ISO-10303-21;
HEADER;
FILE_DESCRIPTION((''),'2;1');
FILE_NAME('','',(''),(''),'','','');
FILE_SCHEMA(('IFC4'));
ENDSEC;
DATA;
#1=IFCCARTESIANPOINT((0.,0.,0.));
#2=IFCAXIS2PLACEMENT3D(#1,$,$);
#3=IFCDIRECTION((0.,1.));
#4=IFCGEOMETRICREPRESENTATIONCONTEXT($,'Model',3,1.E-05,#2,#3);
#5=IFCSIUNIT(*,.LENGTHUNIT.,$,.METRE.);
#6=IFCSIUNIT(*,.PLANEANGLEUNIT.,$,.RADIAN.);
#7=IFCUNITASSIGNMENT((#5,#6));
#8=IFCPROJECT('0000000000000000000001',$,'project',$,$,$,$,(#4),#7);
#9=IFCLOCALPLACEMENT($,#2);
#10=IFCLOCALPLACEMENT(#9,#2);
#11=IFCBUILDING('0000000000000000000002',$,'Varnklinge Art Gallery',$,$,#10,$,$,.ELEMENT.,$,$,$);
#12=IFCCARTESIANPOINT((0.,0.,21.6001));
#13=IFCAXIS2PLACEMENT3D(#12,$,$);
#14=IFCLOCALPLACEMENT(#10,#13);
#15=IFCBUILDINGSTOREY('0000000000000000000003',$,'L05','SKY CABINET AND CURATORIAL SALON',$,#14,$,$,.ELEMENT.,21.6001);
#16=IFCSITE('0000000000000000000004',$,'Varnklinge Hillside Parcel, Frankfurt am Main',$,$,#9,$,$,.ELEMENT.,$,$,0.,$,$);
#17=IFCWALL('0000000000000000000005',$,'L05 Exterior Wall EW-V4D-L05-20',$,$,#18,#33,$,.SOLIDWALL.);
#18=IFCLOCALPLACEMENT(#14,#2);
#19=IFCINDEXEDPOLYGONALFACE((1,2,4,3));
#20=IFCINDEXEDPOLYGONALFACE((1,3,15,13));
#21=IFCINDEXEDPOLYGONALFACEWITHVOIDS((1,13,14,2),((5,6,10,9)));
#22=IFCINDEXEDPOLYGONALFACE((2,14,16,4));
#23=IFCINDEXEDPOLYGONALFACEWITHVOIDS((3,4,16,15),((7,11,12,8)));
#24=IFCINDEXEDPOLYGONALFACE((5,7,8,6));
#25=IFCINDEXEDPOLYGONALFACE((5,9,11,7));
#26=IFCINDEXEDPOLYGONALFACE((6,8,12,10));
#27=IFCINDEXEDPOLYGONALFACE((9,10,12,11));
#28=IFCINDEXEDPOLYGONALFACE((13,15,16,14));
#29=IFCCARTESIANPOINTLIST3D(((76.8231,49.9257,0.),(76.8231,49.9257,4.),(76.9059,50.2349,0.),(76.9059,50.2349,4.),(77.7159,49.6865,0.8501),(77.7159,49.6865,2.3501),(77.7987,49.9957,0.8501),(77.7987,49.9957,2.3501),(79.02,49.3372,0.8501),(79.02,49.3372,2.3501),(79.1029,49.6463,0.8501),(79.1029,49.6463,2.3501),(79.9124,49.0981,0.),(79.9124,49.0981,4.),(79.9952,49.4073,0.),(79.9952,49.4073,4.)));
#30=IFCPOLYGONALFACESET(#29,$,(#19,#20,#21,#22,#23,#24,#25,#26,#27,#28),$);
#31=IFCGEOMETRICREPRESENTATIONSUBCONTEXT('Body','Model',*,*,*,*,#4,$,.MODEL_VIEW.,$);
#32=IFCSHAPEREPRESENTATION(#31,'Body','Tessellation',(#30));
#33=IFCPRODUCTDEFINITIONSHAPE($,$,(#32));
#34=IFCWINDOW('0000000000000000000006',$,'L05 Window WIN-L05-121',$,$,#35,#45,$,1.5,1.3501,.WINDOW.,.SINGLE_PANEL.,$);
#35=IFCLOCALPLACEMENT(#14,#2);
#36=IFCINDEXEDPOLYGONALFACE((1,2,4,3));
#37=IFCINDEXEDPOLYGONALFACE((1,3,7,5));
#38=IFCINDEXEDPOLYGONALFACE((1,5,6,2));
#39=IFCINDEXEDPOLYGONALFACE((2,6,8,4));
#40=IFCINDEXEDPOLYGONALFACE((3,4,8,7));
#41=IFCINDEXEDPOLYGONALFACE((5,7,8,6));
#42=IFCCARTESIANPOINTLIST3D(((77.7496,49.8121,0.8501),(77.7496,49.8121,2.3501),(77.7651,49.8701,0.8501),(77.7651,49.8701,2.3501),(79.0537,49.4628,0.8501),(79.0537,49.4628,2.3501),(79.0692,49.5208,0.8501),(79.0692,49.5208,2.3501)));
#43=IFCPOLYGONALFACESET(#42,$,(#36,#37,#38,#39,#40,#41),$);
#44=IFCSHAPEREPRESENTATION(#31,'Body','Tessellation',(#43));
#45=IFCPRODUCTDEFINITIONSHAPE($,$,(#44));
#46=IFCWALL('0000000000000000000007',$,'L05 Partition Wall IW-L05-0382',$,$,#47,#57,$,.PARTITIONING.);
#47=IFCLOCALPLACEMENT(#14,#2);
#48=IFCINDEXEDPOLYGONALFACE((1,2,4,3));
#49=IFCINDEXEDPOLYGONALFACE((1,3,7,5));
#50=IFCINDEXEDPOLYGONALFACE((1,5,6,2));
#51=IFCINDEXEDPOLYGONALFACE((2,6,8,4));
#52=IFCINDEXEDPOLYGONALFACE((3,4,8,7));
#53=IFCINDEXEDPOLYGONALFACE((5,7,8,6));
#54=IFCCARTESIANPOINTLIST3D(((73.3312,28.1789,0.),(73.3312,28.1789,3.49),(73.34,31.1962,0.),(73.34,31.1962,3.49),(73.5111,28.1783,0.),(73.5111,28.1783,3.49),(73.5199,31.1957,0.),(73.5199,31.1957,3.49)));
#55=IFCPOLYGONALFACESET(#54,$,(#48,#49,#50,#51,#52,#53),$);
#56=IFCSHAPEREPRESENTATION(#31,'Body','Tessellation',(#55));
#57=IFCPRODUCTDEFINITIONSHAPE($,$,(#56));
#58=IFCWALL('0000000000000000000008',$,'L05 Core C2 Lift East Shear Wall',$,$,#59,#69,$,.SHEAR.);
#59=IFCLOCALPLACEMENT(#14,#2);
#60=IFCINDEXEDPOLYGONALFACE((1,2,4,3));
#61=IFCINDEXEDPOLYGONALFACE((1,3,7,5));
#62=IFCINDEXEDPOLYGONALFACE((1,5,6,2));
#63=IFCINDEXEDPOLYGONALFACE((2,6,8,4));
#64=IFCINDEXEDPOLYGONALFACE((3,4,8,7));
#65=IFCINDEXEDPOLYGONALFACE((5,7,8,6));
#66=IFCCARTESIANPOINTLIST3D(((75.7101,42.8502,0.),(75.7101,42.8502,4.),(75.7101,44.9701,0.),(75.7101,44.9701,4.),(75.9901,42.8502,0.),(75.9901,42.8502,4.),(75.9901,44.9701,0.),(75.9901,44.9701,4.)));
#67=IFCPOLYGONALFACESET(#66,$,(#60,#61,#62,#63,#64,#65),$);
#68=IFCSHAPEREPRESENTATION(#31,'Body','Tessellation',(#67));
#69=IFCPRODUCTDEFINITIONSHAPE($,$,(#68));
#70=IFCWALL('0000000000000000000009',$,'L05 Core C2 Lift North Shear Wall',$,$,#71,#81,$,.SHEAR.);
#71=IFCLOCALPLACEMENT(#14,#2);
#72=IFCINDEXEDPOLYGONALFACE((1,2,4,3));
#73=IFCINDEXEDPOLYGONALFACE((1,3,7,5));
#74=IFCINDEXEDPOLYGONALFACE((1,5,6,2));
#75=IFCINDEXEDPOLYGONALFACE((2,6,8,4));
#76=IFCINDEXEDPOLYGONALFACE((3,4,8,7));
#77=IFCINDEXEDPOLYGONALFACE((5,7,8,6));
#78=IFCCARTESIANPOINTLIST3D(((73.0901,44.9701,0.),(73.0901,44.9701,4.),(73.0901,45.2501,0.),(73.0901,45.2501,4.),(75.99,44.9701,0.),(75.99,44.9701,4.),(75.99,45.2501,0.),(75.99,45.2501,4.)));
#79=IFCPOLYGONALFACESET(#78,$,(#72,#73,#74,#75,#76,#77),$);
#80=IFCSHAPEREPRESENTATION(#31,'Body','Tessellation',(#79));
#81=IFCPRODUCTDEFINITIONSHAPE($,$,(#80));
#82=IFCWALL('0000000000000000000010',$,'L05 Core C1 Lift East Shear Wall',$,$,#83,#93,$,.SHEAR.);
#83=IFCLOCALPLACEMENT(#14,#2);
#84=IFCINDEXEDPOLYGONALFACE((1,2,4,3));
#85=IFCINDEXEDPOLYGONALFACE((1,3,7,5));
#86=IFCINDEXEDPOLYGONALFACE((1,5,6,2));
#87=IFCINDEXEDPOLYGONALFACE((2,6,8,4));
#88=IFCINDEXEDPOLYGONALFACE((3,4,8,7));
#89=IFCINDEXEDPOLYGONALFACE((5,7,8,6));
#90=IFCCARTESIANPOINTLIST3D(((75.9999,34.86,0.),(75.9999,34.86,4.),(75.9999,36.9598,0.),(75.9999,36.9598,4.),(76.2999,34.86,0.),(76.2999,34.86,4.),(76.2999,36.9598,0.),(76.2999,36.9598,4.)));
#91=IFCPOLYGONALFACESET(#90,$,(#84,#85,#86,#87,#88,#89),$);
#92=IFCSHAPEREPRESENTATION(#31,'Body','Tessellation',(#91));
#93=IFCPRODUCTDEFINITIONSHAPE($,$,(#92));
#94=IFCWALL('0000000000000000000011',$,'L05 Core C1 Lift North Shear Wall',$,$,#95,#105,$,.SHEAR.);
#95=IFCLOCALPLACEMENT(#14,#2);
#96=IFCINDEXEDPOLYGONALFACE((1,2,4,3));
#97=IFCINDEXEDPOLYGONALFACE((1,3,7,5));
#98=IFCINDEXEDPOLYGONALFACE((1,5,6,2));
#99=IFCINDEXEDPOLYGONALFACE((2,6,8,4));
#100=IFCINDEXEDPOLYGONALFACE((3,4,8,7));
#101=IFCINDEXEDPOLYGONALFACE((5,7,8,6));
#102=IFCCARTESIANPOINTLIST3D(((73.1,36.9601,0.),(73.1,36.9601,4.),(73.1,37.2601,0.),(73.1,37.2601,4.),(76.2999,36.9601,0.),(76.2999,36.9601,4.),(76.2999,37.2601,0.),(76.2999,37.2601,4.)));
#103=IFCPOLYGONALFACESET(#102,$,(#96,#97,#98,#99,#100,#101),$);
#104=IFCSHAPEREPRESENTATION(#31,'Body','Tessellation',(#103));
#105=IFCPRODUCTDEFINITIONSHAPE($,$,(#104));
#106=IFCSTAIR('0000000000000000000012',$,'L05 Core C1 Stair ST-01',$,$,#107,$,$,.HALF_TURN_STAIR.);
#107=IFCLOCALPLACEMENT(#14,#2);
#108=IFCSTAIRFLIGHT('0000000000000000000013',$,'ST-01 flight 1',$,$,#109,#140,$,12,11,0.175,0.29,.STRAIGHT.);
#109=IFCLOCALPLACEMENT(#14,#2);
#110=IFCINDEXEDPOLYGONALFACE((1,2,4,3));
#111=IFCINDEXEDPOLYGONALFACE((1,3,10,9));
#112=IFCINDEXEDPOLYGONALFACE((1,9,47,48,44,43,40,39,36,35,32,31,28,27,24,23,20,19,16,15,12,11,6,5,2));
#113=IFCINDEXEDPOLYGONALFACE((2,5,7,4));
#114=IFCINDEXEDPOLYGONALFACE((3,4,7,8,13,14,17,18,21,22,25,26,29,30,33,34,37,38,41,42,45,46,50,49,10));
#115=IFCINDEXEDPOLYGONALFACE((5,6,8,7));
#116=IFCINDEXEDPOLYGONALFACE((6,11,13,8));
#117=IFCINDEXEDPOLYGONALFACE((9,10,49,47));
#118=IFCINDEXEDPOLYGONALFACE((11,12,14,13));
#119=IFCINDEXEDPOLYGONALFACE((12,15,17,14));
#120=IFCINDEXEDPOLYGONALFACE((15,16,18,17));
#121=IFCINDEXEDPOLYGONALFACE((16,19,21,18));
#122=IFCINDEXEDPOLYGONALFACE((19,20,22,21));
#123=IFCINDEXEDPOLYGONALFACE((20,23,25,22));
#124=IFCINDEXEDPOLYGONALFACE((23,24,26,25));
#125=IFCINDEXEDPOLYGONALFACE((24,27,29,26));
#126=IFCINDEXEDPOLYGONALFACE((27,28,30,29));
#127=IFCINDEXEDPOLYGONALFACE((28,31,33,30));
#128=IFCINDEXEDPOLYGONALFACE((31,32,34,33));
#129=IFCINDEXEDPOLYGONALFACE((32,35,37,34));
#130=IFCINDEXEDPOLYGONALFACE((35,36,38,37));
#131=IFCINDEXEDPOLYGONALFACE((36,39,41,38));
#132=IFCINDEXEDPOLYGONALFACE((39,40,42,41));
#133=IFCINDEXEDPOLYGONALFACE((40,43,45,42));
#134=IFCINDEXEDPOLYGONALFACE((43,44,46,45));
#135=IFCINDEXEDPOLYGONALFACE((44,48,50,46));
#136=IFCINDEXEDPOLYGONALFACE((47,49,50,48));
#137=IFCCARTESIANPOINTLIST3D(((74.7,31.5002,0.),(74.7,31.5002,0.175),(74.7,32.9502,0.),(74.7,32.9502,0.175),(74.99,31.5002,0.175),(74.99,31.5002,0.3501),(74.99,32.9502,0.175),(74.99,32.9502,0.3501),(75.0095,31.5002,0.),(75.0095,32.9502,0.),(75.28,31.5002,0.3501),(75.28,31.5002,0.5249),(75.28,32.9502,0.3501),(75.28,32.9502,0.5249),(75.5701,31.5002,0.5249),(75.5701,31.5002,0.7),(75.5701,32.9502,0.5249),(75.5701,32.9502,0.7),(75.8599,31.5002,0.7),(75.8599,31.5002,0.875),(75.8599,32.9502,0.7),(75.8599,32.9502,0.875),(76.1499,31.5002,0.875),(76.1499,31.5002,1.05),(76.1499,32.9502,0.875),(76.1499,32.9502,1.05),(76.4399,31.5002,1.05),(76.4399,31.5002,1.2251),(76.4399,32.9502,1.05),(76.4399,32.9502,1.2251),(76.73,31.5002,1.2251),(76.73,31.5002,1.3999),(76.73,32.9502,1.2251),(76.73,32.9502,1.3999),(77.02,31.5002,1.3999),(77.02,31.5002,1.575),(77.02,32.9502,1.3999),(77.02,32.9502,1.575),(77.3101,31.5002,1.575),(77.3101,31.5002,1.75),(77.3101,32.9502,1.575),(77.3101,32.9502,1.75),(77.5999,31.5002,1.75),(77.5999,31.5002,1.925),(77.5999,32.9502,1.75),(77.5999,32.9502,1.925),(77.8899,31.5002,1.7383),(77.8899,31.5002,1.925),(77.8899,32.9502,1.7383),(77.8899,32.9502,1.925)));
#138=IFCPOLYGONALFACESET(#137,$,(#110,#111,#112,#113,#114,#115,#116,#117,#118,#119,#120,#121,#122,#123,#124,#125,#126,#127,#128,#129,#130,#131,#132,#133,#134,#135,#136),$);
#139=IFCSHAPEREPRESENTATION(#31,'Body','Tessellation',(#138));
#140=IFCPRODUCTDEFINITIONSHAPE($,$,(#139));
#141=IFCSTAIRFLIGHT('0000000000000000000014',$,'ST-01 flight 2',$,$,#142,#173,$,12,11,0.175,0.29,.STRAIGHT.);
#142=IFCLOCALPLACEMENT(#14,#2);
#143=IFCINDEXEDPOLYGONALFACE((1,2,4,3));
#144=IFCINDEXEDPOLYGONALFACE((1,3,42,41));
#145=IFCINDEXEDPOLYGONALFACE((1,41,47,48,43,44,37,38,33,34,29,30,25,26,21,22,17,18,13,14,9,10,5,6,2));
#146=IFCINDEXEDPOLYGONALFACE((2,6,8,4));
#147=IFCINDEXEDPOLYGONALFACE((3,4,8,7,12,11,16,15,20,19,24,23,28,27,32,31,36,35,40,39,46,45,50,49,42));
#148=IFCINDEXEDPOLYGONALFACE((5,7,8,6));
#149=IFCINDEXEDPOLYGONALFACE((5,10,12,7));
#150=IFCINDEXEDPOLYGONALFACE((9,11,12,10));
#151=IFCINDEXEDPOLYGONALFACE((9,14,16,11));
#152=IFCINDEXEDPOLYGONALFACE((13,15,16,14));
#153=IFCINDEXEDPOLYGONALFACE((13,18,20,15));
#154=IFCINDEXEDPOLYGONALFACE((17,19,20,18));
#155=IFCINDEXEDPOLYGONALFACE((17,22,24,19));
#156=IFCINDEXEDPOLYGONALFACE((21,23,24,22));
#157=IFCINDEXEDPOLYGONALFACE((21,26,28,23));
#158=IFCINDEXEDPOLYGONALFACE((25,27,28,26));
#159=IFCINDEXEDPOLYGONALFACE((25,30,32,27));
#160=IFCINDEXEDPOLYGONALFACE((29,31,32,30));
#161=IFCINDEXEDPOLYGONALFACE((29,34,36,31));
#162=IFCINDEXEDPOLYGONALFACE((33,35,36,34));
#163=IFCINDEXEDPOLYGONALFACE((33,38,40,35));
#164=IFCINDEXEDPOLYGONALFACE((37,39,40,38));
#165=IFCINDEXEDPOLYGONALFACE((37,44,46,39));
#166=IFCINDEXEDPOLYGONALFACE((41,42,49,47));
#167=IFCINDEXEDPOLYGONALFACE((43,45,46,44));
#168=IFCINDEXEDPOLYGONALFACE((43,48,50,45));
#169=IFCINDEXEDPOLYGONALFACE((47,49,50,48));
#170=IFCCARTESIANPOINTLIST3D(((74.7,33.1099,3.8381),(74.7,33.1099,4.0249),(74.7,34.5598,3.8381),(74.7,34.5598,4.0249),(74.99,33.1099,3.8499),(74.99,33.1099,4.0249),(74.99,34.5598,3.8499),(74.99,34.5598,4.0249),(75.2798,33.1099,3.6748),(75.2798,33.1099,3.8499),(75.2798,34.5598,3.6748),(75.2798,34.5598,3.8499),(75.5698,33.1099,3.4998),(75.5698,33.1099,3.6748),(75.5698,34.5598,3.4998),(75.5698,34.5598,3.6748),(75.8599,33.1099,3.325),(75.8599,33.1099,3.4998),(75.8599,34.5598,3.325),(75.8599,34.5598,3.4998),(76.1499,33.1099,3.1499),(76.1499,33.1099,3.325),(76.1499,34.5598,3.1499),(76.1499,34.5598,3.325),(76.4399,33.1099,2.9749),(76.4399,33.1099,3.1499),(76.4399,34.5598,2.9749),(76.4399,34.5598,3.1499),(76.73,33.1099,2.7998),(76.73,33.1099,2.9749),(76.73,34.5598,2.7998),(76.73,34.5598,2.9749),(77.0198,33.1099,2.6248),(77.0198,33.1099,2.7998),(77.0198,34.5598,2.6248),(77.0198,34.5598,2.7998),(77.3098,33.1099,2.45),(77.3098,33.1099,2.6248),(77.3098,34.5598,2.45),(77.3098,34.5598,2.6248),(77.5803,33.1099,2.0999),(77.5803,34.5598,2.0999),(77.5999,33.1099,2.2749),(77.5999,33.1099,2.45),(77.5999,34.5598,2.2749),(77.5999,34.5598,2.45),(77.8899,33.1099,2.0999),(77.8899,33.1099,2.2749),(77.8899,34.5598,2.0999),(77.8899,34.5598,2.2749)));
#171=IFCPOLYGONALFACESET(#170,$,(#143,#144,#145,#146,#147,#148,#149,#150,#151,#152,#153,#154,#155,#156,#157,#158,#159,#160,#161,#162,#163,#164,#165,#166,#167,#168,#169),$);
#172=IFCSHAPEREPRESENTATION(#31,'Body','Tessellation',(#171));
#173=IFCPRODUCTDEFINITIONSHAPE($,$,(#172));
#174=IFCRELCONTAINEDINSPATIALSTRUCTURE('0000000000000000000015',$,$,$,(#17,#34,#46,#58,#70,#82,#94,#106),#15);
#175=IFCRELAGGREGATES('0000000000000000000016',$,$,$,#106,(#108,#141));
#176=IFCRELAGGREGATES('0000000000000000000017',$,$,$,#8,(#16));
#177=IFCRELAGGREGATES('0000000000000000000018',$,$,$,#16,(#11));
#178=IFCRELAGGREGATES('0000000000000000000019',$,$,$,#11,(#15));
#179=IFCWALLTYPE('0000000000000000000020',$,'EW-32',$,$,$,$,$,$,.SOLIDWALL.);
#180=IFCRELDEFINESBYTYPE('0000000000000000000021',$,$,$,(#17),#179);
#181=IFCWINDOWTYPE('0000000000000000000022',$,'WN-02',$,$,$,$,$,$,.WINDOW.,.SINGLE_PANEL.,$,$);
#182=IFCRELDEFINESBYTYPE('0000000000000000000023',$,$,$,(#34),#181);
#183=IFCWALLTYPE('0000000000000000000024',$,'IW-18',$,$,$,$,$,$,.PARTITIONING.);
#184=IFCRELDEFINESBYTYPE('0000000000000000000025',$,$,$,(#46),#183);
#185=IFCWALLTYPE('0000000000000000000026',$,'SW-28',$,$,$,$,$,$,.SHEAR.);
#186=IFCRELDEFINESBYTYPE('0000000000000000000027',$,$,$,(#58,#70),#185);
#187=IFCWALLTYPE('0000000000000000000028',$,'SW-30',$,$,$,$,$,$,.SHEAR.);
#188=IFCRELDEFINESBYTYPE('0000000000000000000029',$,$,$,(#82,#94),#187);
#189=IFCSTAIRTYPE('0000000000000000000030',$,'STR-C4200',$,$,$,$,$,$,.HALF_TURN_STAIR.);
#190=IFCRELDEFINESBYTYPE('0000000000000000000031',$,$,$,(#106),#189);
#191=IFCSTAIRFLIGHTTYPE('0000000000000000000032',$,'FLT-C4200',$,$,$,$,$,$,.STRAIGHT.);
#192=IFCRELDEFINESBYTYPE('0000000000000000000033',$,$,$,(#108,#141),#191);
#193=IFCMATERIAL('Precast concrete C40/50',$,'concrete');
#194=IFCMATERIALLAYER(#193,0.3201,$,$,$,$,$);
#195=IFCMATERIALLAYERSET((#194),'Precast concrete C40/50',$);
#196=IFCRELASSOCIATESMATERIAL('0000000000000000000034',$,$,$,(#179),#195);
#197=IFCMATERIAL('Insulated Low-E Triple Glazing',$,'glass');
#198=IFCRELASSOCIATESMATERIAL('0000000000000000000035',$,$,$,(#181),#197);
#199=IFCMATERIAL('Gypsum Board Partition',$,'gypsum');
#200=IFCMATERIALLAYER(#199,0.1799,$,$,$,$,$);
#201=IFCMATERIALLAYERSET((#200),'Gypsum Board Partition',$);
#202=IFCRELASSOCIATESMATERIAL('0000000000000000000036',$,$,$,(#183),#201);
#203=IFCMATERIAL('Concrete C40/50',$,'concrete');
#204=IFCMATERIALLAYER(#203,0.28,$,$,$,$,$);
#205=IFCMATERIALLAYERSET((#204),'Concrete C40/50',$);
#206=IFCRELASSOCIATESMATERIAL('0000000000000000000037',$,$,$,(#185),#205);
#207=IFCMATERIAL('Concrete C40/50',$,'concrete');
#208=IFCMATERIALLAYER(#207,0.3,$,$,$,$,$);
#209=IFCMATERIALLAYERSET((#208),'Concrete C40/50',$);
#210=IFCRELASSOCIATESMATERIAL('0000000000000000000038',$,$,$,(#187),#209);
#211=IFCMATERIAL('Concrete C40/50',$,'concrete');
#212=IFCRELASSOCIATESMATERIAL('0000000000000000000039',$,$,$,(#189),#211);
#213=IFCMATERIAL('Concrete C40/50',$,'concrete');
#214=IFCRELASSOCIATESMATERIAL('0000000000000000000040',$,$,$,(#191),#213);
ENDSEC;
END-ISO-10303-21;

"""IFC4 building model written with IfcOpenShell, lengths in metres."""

from ifc_helpers import new_model, si_unit, direction, frame, frame_2d, origin, place, context, subcontext, project, spatial, polyline, rectangle, outline, extrude, material, layer, layer_set, type_object, element, fill, aggregate, save


model = new_model("IFC4")

# Units and contexts
model_context = context("Model", 3, precision=1e-05, world=origin(), true_north=direction((0.0, 1.0)))
body_context = subcontext(model_context, "Body", "Model", "MODEL_VIEW")
ifc_project = project(units=[si_unit("LENGTHUNIT", "METRE"), si_unit("PLANEANGLEUNIT", "RADIAN")], contexts=[model_context])

# Site, building, storey
site_placement = place(None, origin())
site = spatial("IfcSite", under=ifc_project, at=site_placement, Name="Varnklinge Hillside Parcel, Frankfurt am Main", CompositionType="ELEMENT", RefElevation=0.0)
building_placement = place(site_placement, origin())
building = spatial("IfcBuilding", under=site, at=building_placement, Name="Varnklinge Art Gallery", CompositionType="ELEMENT")
storey_placement = place(building_placement, frame((0.0, 0.0, 21.6001)))
storey = spatial("IfcBuildingStorey", under=building, at=storey_placement, Name="L05", Description="SKY CABINET AND CURATORIAL SALON", CompositionType="ELEMENT", Elevation=21.6001)

# Shared definitions
ifc_material_1 = material(Name="Precast concrete C40/50", Category="concrete")
ifc_layer_1 = layer(ifc_material_1, 0.3201)
ifc_layer_set_1 = layer_set([ifc_layer_1], Name="Precast concrete C40/50")
wall_type_1 = type_object("IfcWallType", Name="EW-32", PredefinedType="SOLIDWALL", material=ifc_layer_set_1)

# Shared definitions
ifc_material_2 = material(Name="Insulated Low-E Triple Glazing", Category="glass")
window_type = type_object("IfcWindowType", Name="WN-02", PartitioningType="SINGLE_PANEL", PredefinedType="WINDOW", material=ifc_material_2)

# Wall, opening, window
wall_1_placement = place(storey_placement, frame((76.8645, 50.0803, 0.0), z_axis=(0.0, 0.0, 1.0), x_axis=(0.965938, -0.258774, 0.0)))
wall_1 = element("IfcWall", 1, at=wall_1_placement, inside=storey, type_object=wall_type_1, Name="L05 Exterior Wall EW-V4D-L05-20", PredefinedType="SOLIDWALL", context=body_context, shape_type="SweptSolid", body=[
    extrude(rectangle(XDim=3.1982, YDim=0.3201, at=frame_2d((1.5991, 0.0))), origin(), (0.0, 0.0, 1.0), 4.0),
])
opening_1_placement = place(wall_1_placement, frame((0.9243, 0.0, 0.8501)))
opening_1 = element("IfcOpeningElement", 2, at=opening_1_placement, cuts=wall_1, PredefinedType="OPENING", context=body_context, shape_type="SweptSolid", body=[
    extrude(rectangle(XDim=1.3501, YDim=1.5, at=frame_2d((0.675, 0.75))), frame((0.0, 0.1702, 0.0), z_axis=(0.0, -1.0, 0.0), x_axis=(1.0, 0.0, 0.0)), (0.0, 0.0, 1.0), 0.3401),
])
window_1_placement = place(opening_1_placement, origin())
window_1 = element("IfcWindow", 3, at=window_1_placement, inside=storey, type_object=window_type, Name="L05 Window WIN-L05-121", OverallHeight=1.5, OverallWidth=1.3501, PartitioningType="SINGLE_PANEL", PredefinedType="WINDOW", context=body_context, shape_type="SweptSolid", body=[
    extrude(rectangle(XDim=1.3501, YDim=1.5, at=frame_2d((0.675, 0.75))), frame((0.0, 0.03, 0.0), z_axis=(0.0, -1.0, 0.0), x_axis=(1.0, 0.0, 0.0)), (0.0, 0.0, 1.0), 0.0601),
])
fill(opening_1, window_1)

# Walls
ifc_material_3 = material(Name="Gypsum Board Partition", Category="gypsum")
ifc_layer_2 = layer(ifc_material_3, 0.1799)
ifc_layer_set_2 = layer_set([ifc_layer_2], Name="Gypsum Board Partition")
wall_type_2 = type_object("IfcWallType", Name="IW-18", PredefinedType="PARTITIONING", material=ifc_layer_set_2)
wall_2_placement = place(storey_placement, frame((73.4299, 31.196, 0.0), z_axis=(0.0, 0.0, 1.0), x_axis=(-0.002913, -0.999996, 0.0)))
element("IfcWall", 4, at=wall_2_placement, inside=storey, type_object=wall_type_2, Name="L05 Partition Wall IW-L05-0382", PredefinedType="PARTITIONING", context=body_context, shape_type="SweptSolid", body=[
    extrude(rectangle(XDim=3.0173, YDim=0.1799, at=frame_2d((1.5088, 0.0))), origin(), (0.0, 0.0, 1.0), 3.49),
])
ifc_material_4 = material(Name="Concrete C40/50", Category="concrete")
ifc_layer_3 = layer(ifc_material_4, 0.28)
ifc_layer_set_3 = layer_set([ifc_layer_3], Name="Concrete C40/50")
wall_type_3 = type_object("IfcWallType", Name="SW-28", PredefinedType="SHEAR", material=ifc_layer_set_3)
wall_3_placement = place(storey_placement, frame((75.8501, 42.8501, 0.0), z_axis=(0.0, 0.0, 1.0), x_axis=(0.0, 1.0, 0.0)))
element("IfcWall", 5, at=wall_3_placement, inside=storey, type_object=wall_type_3, Name="L05 Core C2 Lift East Shear Wall", PredefinedType="SHEAR", context=body_context, shape_type="SweptSolid", body=[
    extrude(rectangle(XDim=2.1199, YDim=0.28, at=frame_2d((1.0601, 0.0))), origin(), (0.0, 0.0, 1.0), 4.0),
])
wall_4_placement = place(storey_placement, frame((75.99, 45.1101, 0.0), z_axis=(0.0, 0.0, 1.0), x_axis=(-1.0, 0.0, 0.0)))
element("IfcWall", 6, at=wall_4_placement, inside=storey, type_object=wall_type_3, Name="L05 Core C2 Lift North Shear Wall", PredefinedType="SHEAR", context=body_context, shape_type="SweptSolid", body=[
    extrude(rectangle(XDim=2.8999, YDim=0.28, at=frame_2d((1.45, 0.0))), origin(), (0.0, 0.0, 1.0), 4.0),
])
ifc_material_5 = material(Name="Concrete C40/50", Category="concrete")
ifc_layer_4 = layer(ifc_material_5, 0.3)
ifc_layer_set_4 = layer_set([ifc_layer_4], Name="Concrete C40/50")
wall_type_4 = type_object("IfcWallType", Name="SW-30", PredefinedType="SHEAR", material=ifc_layer_set_4)
wall_5_placement = place(storey_placement, frame((76.1499, 34.8601, 0.0), z_axis=(0.0, 0.0, 1.0), x_axis=(0.0, 1.0, 0.0)))
element("IfcWall", 7, at=wall_5_placement, inside=storey, type_object=wall_type_4, Name="L05 Core C1 Lift East Shear Wall", PredefinedType="SHEAR", context=body_context, shape_type="SweptSolid", body=[
    extrude(rectangle(XDim=2.0999, YDim=0.3, at=frame_2d((1.0498, 0.0))), origin(), (0.0, 0.0, 1.0), 4.0),
])
wall_6_placement = place(storey_placement, frame((76.3, 37.1101, 0.0), z_axis=(0.0, 0.0, 1.0), x_axis=(-1.0, 0.0, 0.0)))
element("IfcWall", 8, at=wall_6_placement, inside=storey, type_object=wall_type_4, Name="L05 Core C1 Lift North Shear Wall", PredefinedType="SHEAR", context=body_context, shape_type="SweptSolid", body=[
    extrude(rectangle(XDim=3.2, YDim=0.3, at=frame_2d((1.6001, 0.0))), origin(), (0.0, 0.0, 1.0), 4.0),
])

# Stair, stair flights
ifc_material_6 = material(Name="Concrete C40/50", Category="concrete")
stair_type = type_object("IfcStairType", Name="STR-C4200", PredefinedType="HALF_TURN_STAIR", material=ifc_material_6)
stair_1_placement = place(storey_placement, origin())
stair_1 = element("IfcStair", 9, at=stair_1_placement, inside=storey, type_object=stair_type, Name="L05 Core C1 Stair ST-01", PredefinedType="HALF_TURN_STAIR")
ifc_material_7 = material(Name="Concrete C40/50", Category="concrete")
stair_flight_type = type_object("IfcStairFlightType", Name="FLT-C4200", PredefinedType="STRAIGHT", material=ifc_material_7)
stair_flight_1_placement = place(storey_placement, frame((74.7, 32.2251, 0.0), z_axis=(0.0, 0.0, 1.0), x_axis=(1.0, 0.0, 0.0)))
stair_flight_1 = element("IfcStairFlight", 10, at=stair_flight_1_placement, type_object=stair_flight_type, Name="ST-01 flight 1", NumberOfRisers=12, NumberOfTreads=11, PredefinedType="STRAIGHT", RiserHeight=0.175, TreadLength=0.29, context=body_context, shape_type="SweptSolid", body=[
    extrude(outline(polyline([(0.0, 0.0), (0.0, 0.175), (0.29, 0.175), (0.29, 0.3501), (0.5801, 0.3501), (0.5801, 0.5249), (0.8701, 0.5249), (0.8701, 0.7), (1.1599, 0.7), (1.1599, 0.875), (1.45, 0.875), (1.45, 1.05), (1.74, 1.05), (1.74, 1.2251), (2.03, 1.2251), (2.03, 1.3999), (2.3201, 1.3999), (2.3201, 1.575), (2.6101, 1.575), (2.6101, 1.75), (2.8999, 1.75), (2.8999, 1.925), (3.1899, 1.925), (3.1899, 2.1001), (3.1899, 1.7383), (0.3096, 0.0), (0.0, 0.0)])), frame((0.0, 0.7251, 0.0), z_axis=(0.0, -1.0, 0.0), x_axis=(1.0, 0.0, 0.0)), (0.0, 0.0, 1.0), 1.45),
])
stair_flight_2_placement = place(storey_placement, frame((77.8899, 33.835, 2.0999), z_axis=(0.0, 0.0, 1.0), x_axis=(-1.0, 0.0, 0.0)))
stair_flight_2 = element("IfcStairFlight", 11, at=stair_flight_2_placement, type_object=stair_flight_type, Name="ST-01 flight 2", NumberOfRisers=12, NumberOfTreads=11, PredefinedType="STRAIGHT", RiserHeight=0.175, TreadLength=0.29, context=body_context, shape_type="SweptSolid", body=[
    extrude(outline(polyline([(0.0, 0.0), (0.0, 0.175), (0.29, 0.175), (0.29, 0.3501), (0.5801, 0.3501), (0.5801, 0.5249), (0.8701, 0.5249), (0.8701, 0.7), (1.1599, 0.7), (1.1599, 0.875), (1.45, 0.875), (1.45, 1.05), (1.74, 1.05), (1.74, 1.2251), (2.03, 1.2251), (2.03, 1.3999), (2.3201, 1.3999), (2.3201, 1.575), (2.6101, 1.575), (2.6101, 1.75), (2.8999, 1.75), (2.8999, 1.925), (3.1899, 1.925), (3.1899, 2.1001), (3.1899, 1.7383), (0.3096, 0.0), (0.0, 0.0)])), frame((0.0, 0.7251, 0.0), z_axis=(0.0, -1.0, 0.0), x_axis=(1.0, 0.0, 0.0)), (0.0, 0.0, 1.0), 1.45),
])
aggregate(stair_1, [stair_flight_1, stair_flight_2])

save(model, "model.ifc")
